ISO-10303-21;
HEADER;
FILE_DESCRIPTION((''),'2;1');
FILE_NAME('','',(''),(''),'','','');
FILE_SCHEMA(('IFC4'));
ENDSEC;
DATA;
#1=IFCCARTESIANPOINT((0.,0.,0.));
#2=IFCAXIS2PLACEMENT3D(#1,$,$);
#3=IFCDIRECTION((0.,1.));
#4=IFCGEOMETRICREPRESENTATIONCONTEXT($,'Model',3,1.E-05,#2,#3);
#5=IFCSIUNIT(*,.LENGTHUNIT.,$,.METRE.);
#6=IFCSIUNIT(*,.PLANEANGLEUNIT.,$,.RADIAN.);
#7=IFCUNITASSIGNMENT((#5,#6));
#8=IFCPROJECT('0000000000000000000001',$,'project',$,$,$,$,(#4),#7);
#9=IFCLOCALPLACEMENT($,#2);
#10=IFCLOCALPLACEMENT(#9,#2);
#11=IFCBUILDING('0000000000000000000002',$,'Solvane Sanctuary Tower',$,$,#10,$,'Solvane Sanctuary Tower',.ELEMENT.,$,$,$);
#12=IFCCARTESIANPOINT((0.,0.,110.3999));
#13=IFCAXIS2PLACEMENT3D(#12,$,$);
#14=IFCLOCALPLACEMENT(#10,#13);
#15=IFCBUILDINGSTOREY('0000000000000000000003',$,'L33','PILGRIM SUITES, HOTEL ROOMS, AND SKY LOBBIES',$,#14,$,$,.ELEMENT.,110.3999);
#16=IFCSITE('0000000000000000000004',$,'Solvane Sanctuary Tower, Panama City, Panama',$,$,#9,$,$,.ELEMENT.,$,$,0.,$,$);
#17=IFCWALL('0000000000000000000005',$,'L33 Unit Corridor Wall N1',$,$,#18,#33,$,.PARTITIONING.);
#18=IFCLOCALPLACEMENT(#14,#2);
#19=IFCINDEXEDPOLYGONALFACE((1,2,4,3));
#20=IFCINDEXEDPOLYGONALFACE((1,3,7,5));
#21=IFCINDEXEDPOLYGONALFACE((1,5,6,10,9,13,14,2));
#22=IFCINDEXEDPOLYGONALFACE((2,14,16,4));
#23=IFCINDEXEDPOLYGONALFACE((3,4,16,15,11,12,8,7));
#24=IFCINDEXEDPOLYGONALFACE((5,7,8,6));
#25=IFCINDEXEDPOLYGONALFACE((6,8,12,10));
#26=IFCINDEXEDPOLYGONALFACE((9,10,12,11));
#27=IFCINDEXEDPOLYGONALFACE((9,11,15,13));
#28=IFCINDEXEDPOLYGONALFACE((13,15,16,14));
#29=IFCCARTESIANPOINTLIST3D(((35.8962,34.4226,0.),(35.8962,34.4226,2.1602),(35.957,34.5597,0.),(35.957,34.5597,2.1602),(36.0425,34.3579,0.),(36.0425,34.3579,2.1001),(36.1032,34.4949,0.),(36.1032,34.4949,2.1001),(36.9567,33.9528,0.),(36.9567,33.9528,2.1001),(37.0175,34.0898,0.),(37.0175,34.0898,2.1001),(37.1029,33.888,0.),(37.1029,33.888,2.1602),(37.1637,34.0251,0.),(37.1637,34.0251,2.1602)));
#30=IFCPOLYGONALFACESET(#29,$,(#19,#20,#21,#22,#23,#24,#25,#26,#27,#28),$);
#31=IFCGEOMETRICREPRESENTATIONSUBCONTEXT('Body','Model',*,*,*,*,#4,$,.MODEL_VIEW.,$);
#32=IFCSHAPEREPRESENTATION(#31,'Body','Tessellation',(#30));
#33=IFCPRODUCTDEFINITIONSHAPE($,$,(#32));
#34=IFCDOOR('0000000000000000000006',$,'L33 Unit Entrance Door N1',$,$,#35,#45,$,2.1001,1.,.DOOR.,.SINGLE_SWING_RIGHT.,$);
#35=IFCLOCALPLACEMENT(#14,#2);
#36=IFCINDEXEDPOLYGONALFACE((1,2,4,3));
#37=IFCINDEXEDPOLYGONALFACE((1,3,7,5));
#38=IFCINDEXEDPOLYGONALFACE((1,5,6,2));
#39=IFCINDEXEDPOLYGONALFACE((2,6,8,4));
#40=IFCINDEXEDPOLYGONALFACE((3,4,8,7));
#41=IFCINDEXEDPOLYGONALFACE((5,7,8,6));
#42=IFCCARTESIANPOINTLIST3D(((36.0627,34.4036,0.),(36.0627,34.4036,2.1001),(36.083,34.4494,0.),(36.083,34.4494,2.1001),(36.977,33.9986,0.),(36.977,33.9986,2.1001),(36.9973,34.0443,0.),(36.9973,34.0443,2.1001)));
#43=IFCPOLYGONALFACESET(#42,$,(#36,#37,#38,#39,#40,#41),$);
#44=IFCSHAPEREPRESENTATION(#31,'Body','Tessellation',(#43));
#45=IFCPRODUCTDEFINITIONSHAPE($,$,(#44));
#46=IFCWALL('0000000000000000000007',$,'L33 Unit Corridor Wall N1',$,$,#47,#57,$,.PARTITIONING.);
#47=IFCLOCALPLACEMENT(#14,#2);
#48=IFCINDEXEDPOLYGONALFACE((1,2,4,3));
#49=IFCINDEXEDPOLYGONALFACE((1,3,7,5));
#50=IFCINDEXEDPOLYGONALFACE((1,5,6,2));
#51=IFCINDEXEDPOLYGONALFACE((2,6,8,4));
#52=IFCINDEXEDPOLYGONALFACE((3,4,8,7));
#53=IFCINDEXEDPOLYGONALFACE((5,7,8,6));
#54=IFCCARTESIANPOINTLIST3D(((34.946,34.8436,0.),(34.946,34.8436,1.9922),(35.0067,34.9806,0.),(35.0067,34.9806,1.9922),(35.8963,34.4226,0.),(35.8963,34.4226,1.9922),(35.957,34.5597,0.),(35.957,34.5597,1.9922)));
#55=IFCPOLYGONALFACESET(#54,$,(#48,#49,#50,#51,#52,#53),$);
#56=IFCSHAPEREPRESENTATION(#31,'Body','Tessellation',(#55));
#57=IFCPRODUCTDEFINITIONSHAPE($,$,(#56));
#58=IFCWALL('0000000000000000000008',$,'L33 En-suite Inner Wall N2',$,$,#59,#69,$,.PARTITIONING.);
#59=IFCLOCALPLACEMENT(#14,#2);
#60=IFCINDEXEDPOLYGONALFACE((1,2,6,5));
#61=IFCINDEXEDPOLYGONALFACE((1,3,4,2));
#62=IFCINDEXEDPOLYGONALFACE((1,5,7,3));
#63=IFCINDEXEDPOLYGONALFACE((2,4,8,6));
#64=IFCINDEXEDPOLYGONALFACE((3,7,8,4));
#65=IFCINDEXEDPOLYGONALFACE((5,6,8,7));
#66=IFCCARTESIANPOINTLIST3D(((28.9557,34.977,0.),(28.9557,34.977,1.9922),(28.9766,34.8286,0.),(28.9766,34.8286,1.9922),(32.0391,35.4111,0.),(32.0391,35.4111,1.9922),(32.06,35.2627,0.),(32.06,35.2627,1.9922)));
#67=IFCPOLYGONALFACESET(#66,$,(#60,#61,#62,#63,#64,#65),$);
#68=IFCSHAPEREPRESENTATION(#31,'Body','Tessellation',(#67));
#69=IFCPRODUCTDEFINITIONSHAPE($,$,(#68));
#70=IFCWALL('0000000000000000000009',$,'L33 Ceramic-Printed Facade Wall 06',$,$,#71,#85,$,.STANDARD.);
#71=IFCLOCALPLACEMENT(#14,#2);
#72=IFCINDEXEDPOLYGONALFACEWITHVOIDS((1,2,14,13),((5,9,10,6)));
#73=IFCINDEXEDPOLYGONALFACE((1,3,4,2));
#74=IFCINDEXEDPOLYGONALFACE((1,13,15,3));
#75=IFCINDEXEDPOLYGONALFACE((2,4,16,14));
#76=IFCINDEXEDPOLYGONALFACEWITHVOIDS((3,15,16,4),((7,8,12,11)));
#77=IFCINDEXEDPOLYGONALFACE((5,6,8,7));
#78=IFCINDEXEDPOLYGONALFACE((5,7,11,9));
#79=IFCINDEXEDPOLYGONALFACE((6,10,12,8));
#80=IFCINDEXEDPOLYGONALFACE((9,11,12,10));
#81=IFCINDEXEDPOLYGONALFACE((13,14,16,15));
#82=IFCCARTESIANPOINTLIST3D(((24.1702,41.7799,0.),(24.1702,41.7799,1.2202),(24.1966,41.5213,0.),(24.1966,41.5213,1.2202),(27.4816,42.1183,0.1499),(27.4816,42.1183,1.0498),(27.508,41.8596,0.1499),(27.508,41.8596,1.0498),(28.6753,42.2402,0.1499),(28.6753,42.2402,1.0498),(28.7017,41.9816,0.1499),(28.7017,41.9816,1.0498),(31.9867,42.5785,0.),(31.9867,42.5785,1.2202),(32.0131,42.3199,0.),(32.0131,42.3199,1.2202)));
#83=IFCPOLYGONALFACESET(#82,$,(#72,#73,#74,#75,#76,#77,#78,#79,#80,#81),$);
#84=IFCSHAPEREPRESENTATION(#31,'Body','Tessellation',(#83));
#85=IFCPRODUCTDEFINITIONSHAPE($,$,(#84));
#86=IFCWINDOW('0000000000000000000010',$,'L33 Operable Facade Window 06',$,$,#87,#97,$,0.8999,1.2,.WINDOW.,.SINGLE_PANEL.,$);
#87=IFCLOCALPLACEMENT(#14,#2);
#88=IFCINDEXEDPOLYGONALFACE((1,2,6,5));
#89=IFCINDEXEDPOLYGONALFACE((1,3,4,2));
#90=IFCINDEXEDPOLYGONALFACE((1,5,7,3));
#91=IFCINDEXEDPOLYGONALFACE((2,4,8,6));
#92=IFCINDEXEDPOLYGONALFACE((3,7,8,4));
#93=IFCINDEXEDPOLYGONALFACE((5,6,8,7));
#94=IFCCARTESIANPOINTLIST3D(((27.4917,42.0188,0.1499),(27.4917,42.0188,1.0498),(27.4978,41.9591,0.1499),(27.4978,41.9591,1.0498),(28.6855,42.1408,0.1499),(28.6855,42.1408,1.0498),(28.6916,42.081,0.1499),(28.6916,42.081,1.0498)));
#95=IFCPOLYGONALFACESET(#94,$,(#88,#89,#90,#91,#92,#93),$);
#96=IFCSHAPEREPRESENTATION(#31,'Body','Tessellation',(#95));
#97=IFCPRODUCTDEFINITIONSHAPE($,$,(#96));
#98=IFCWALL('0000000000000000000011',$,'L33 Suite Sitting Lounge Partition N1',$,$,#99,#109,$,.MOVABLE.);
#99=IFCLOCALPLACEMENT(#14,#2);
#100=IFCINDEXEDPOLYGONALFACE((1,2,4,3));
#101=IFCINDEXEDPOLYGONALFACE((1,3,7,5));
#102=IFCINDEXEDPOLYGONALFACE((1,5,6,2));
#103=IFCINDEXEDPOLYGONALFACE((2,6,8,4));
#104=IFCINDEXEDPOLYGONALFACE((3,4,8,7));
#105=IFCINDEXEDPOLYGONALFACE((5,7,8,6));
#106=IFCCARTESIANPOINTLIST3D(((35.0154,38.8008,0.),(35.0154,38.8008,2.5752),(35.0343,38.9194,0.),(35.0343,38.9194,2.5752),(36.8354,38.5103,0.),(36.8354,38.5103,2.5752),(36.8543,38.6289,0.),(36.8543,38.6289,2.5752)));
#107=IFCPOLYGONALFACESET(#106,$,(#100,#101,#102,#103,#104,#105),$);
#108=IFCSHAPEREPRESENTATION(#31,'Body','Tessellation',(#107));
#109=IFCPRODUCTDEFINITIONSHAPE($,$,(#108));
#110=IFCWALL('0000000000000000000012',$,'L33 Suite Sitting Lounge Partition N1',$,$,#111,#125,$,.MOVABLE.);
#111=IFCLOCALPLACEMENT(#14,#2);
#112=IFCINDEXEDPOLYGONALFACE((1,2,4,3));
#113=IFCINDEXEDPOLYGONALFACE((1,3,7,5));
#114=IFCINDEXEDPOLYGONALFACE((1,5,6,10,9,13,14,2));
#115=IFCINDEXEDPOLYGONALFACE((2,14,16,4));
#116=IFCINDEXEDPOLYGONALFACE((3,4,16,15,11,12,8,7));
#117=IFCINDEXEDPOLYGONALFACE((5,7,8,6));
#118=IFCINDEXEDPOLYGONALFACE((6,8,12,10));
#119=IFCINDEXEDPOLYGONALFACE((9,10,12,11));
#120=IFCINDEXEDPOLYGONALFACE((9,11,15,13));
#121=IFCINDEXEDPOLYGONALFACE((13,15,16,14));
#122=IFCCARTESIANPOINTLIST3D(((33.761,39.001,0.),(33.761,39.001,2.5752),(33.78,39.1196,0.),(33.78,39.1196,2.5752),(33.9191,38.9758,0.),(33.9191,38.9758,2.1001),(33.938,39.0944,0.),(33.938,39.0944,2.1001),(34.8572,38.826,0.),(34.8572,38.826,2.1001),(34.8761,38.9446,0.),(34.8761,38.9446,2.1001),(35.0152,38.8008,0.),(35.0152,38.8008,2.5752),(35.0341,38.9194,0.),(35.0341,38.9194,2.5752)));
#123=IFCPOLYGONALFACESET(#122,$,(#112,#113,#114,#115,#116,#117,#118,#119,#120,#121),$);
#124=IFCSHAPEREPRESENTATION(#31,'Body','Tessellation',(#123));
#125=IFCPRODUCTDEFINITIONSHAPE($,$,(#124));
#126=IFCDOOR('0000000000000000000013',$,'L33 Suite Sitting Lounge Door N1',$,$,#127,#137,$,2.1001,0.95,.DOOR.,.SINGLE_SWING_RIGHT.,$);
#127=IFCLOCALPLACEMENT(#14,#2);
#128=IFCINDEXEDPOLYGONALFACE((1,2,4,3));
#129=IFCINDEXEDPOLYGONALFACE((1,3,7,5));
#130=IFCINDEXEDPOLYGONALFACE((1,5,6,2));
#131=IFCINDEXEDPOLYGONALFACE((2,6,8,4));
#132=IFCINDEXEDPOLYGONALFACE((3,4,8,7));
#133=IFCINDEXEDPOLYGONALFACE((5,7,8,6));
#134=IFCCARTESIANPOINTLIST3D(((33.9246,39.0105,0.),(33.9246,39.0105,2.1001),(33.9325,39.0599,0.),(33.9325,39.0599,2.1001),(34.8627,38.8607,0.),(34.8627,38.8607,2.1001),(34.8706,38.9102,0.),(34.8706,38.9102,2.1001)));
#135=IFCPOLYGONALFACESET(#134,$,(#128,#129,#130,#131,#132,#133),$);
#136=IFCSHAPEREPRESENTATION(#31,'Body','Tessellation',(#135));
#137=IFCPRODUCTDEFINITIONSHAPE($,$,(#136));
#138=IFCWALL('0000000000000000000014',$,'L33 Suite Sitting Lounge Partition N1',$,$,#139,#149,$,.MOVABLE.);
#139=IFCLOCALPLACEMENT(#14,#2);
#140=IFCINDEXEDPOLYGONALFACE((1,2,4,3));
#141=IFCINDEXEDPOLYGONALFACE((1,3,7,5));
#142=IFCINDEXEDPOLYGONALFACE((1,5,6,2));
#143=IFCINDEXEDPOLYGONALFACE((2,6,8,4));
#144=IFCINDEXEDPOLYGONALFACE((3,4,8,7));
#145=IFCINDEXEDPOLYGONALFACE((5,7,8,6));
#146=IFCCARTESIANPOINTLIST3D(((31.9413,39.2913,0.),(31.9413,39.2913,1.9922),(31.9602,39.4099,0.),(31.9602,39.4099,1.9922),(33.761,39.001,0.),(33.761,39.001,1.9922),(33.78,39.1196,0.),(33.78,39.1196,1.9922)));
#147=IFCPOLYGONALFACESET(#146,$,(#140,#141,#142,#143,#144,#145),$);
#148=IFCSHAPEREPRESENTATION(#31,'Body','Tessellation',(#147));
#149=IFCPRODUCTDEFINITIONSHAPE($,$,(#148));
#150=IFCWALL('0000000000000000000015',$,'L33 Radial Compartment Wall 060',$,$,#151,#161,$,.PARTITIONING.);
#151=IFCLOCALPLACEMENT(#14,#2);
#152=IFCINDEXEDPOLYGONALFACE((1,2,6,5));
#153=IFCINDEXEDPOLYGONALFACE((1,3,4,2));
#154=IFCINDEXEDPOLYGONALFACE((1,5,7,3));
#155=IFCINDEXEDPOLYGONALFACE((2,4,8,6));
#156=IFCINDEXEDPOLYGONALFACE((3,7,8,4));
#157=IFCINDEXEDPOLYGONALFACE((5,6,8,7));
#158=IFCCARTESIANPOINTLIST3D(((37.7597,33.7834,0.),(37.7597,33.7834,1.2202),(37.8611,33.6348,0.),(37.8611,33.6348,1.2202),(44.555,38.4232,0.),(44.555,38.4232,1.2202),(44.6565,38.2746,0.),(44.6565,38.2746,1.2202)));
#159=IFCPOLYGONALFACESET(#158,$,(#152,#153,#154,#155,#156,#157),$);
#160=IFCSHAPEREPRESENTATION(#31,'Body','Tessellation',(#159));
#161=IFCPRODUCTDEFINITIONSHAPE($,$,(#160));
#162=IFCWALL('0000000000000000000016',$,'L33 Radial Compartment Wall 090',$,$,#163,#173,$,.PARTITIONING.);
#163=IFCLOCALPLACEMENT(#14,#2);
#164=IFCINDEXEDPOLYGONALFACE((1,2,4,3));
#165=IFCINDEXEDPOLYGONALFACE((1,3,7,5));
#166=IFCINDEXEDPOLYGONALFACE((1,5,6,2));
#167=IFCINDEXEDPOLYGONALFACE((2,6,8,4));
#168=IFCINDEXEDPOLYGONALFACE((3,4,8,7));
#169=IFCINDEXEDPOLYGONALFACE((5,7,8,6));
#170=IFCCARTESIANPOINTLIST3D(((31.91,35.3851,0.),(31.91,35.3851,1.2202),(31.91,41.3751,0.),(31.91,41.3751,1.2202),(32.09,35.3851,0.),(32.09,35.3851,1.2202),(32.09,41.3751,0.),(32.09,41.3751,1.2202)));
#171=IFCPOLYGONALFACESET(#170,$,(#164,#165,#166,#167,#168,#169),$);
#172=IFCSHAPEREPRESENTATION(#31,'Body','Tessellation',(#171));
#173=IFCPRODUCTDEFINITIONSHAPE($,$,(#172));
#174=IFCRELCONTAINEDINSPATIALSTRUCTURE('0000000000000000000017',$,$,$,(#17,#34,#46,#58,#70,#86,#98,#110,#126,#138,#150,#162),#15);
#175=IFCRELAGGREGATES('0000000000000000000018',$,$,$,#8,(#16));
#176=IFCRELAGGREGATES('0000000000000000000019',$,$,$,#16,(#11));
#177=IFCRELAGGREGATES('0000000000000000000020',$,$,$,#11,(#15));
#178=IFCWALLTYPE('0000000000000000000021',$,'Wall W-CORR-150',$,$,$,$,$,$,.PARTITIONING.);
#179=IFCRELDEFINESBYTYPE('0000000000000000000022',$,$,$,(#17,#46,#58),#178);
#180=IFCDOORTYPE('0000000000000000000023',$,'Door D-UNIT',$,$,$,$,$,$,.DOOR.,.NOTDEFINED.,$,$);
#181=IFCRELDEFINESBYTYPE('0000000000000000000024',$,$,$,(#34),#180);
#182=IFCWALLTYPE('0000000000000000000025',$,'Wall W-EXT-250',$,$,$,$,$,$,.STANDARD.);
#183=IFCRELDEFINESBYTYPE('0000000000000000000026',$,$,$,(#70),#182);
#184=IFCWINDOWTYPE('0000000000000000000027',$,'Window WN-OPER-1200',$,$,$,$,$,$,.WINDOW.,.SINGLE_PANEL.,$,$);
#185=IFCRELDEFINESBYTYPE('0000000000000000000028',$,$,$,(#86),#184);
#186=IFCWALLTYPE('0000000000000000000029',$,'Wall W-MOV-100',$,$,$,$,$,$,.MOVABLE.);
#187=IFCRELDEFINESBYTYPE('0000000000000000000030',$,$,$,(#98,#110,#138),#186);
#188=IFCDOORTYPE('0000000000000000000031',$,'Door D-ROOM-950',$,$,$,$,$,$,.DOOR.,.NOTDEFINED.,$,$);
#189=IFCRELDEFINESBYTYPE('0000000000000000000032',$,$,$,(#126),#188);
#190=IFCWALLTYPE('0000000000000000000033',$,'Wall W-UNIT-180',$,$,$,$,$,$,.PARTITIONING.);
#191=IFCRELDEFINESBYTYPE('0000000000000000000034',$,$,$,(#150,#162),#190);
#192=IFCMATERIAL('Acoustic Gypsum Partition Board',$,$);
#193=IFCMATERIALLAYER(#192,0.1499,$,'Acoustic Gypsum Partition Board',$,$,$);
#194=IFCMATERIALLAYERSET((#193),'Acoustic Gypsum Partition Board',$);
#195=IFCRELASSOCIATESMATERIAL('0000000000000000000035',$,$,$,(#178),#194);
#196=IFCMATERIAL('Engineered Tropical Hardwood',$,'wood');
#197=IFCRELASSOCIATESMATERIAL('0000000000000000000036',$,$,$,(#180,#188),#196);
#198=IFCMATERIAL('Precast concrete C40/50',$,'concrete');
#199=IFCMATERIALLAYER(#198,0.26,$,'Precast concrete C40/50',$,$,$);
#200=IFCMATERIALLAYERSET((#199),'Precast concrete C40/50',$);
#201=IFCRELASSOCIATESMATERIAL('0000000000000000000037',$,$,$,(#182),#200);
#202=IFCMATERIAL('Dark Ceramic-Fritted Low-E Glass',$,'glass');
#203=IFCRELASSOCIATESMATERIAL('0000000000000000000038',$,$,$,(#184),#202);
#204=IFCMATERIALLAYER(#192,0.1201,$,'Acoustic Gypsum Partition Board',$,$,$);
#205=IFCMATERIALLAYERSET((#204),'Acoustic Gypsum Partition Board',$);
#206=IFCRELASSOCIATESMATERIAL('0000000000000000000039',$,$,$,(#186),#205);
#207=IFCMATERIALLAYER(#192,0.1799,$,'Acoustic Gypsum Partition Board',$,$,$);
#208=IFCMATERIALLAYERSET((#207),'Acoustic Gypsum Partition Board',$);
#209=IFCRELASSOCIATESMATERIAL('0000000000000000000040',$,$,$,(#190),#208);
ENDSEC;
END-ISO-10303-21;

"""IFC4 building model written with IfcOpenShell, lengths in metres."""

from ifc_helpers import new_model, si_unit, direction, frame, frame_2d, origin, place, context, subcontext, project, spatial, rectangle, extrude, material, layer, layer_set, type_object, element, fill, save


model = new_model("IFC4")

# Units and contexts
model_context = context("Model", 3, precision=1e-05, world=origin(), true_north=direction((0.0, 1.0)))
body_context = subcontext(model_context, "Body", "Model", "MODEL_VIEW")
ifc_project = project(units=[si_unit("LENGTHUNIT", "METRE"), si_unit("PLANEANGLEUNIT", "RADIAN")], contexts=[model_context])

# Site, building, storey
site_placement = place(None, origin())
site = spatial("IfcSite", under=ifc_project, at=site_placement, Name="Solvane Sanctuary Tower, Panama City, Panama", CompositionType="ELEMENT", RefElevation=0.0)
building_placement = place(site_placement, origin())
building = spatial("IfcBuilding", under=site, at=building_placement, Name="Solvane Sanctuary Tower", LongName="Solvane Sanctuary Tower", CompositionType="ELEMENT")
storey_placement = place(building_placement, frame((0.0, 0.0, 110.3999)))
storey = spatial("IfcBuildingStorey", under=building, at=storey_placement, Name="L33", Description="PILGRIM SUITES, HOTEL ROOMS, AND SKY LOBBIES", CompositionType="ELEMENT", Elevation=110.3999)

# Shared definitions
ifc_material_1 = material(Name="Acoustic Gypsum Partition Board")
ifc_layer_1 = layer(ifc_material_1, 0.1499, Name="Acoustic Gypsum Partition Board")
ifc_layer_set_1 = layer_set([ifc_layer_1], Name="Acoustic Gypsum Partition Board")
wall_type_1 = type_object("IfcWallType", Name="Wall W-CORR-150", PredefinedType="PARTITIONING", material=ifc_layer_set_1)

# Wall, opening, door
wall_1_placement = place(storey_placement, frame((37.1333, 33.9565, 0.0), z_axis=(0.0, 0.0, 1.0), x_axis=(-0.914284, 0.405074, 0.0)))
wall_1 = element("IfcWall", 1, at=wall_1_placement, inside=storey, type_object=wall_type_1, Name="L33 Unit Corridor Wall N1", PredefinedType="PARTITIONING", context=body_context, shape_type="SweptSolid", body=[
    extrude(rectangle(XDim=1.3198, YDim=0.1499, at=frame_2d((0.6599, 0.0))), origin(), (0.0, 0.0, 1.0), 2.1602),
])
opening_1_placement = place(wall_1_placement, frame((0.1599, 0.0, 0.0)))
opening_1 = element("IfcOpeningElement", 2, at=opening_1_placement, cuts=wall_1, PredefinedType="OPENING", context=body_context, shape_type="SweptSolid", body=[
    extrude(rectangle(XDim=1.0, YDim=2.1001, at=frame_2d((0.5, 1.05))), frame((0.0, 0.085, 0.0), z_axis=(0.0, -1.0, 0.0), x_axis=(1.0, 0.0, 0.0)), (0.0, 0.0, 1.0), 0.1699),
])
ifc_material_2 = material(Name="Engineered Tropical Hardwood", Category="wood")
door_type_1 = type_object("IfcDoorType", Name="Door D-UNIT", OperationType="NOTDEFINED", PredefinedType="DOOR", material=ifc_material_2)
door_1_placement = place(opening_1_placement, origin())
door_1 = element("IfcDoor", 3, at=door_1_placement, inside=storey, type_object=door_type_1, Name="L33 Unit Entrance Door N1", OperationType="SINGLE_SWING_RIGHT", OverallHeight=2.1001, OverallWidth=1.0, PredefinedType="DOOR", context=body_context, shape_type="SweptSolid", body=[
    extrude(rectangle(XDim=1.0, YDim=2.1001, at=frame_2d((0.5, 1.05))), frame((0.0, 0.0249, 0.0), z_axis=(0.0, -1.0, 0.0), x_axis=(1.0, 0.0, 0.0)), (0.0, 0.0, 1.0), 0.05),
])
fill(opening_1, door_1)

# Walls
wall_2_placement = place(storey_placement, frame((35.9265, 34.4912, 0.0), z_axis=(0.0, 0.0, 1.0), x_axis=(-0.914315, 0.405005, 0.0)))
element("IfcWall", 4, at=wall_2_placement, inside=storey, type_object=wall_type_1, Name="L33 Unit Corridor Wall N1", PredefinedType="PARTITIONING", context=body_context, shape_type="SweptSolid", body=[
    extrude(rectangle(XDim=1.0393, YDim=0.1499, at=frame_2d((0.5195, 0.0))), origin(), (0.0, 0.0, 1.0), 1.9922),
])
wall_3_placement = place(storey_placement, frame((32.0496, 35.3369, 0.0), z_axis=(0.0, 0.0, 1.0), x_axis=(-0.990234, -0.139412, 0.0)))
element("IfcWall", 5, at=wall_3_placement, inside=storey, type_object=wall_type_1, Name="L33 En-suite Inner Wall N2", PredefinedType="PARTITIONING", context=body_context, shape_type="SweptSolid", body=[
    extrude(rectangle(XDim=3.1138, YDim=0.1499, at=frame_2d((1.5569, 0.0))), origin(), (0.0, 0.0, 1.0), 1.9922),
])

# Wall, opening, window
ifc_material_3 = material(Name="Precast concrete C40/50", Category="concrete")
ifc_layer_2 = layer(ifc_material_3, 0.26, Name="Precast concrete C40/50")
ifc_layer_set_2 = layer_set([ifc_layer_2], Name="Precast concrete C40/50")
wall_type_2 = type_object("IfcWallType", Name="Wall W-EXT-250", PredefinedType="STANDARD", material=ifc_layer_set_2)
wall_4_placement = place(storey_placement, frame((32.0, 42.4492, 0.0), z_axis=(0.0, 0.0, 1.0), x_axis=(-0.994821, -0.101639, 0.0)))
wall_4 = element("IfcWall", 6, at=wall_4_placement, inside=storey, type_object=wall_type_2, Name="L33 Ceramic-Printed Facade Wall 06", PredefinedType="STANDARD", context=body_context, shape_type="SweptSolid", body=[
    extrude(rectangle(XDim=7.8572, YDim=0.26, at=frame_2d((3.9287, 0.0))), origin(), (0.0, 0.0, 1.0), 1.2202),
])
opening_2_placement = place(wall_4_placement, frame((3.3286, 0.0, 0.1499)))
opening_2 = element("IfcOpeningElement", 7, at=opening_2_placement, cuts=wall_4, PredefinedType="OPENING", context=body_context, shape_type="SweptSolid", body=[
    extrude(rectangle(XDim=1.2, YDim=0.8999, at=frame_2d((0.6001, 0.45))), frame((0.0, 0.1399, 0.0), z_axis=(0.0, -1.0, 0.0), x_axis=(1.0, 0.0, 0.0)), (0.0, 0.0, 1.0), 0.28),
])
ifc_material_4 = material(Name="Dark Ceramic-Fritted Low-E Glass", Category="glass")
window_type = type_object("IfcWindowType", Name="Window WN-OPER-1200", PartitioningType="SINGLE_PANEL", PredefinedType="WINDOW", material=ifc_material_4)
window_placement = place(opening_2_placement, origin())
window = element("IfcWindow", 8, at=window_placement, inside=storey, type_object=window_type, Name="L33 Operable Facade Window 06", OverallHeight=0.8999, OverallWidth=1.2, PartitioningType="SINGLE_PANEL", PredefinedType="WINDOW", context=body_context, shape_type="SweptSolid", body=[
    extrude(rectangle(XDim=1.2, YDim=0.8999, at=frame_2d((0.6001, 0.45))), frame((0.0, 0.03, 0.0), z_axis=(0.0, -1.0, 0.0), x_axis=(1.0, 0.0, 0.0)), (0.0, 0.0, 1.0), 0.0601),
])
fill(opening_2, window)

# Wall
ifc_layer_3 = layer(ifc_material_1, 0.1201, Name="Acoustic Gypsum Partition Board")
ifc_layer_set_3 = layer_set([ifc_layer_3], Name="Acoustic Gypsum Partition Board")
wall_type_3 = type_object("IfcWallType", Name="Wall W-MOV-100", PredefinedType="MOVABLE", material=ifc_layer_set_3)
wall_5_placement = place(storey_placement, frame((36.8447, 38.5696, 0.0), z_axis=(0.0, 0.0, 1.0), x_axis=(-0.987498, 0.157629, 0.0)))
element("IfcWall", 9, at=wall_5_placement, inside=storey, type_object=wall_type_3, Name="L33 Suite Sitting Lounge Partition N1", PredefinedType="MOVABLE", context=body_context, shape_type="SweptSolid", body=[
    extrude(rectangle(XDim=1.843, YDim=0.1201, at=frame_2d((0.9214, 0.0))), origin(), (0.0, 0.0, 1.0), 2.5752),
])

# Wall, opening, door
wall_6_placement = place(storey_placement, frame((35.0247, 38.8601, 0.0), z_axis=(0.0, 0.0, 1.0), x_axis=(-0.987498, 0.157631, 0.0)))
wall_6 = element("IfcWall", 10, at=wall_6_placement, inside=storey, type_object=wall_type_3, Name="L33 Suite Sitting Lounge Partition N1", PredefinedType="MOVABLE", context=body_context, shape_type="SweptSolid", body=[
    extrude(rectangle(XDim=1.27, YDim=0.1201, at=frame_2d((0.635, 0.0))), origin(), (0.0, 0.0, 1.0), 2.5752),
])
opening_3_placement = place(wall_6_placement, frame((0.1599, 0.0, 0.0)))
opening_3 = element("IfcOpeningElement", 11, at=opening_3_placement, cuts=wall_6, PredefinedType="OPENING", context=body_context, shape_type="SweptSolid", body=[
    extrude(rectangle(XDim=0.95, YDim=2.1001, at=frame_2d((0.4751, 1.05))), frame((0.0, 0.0701, 0.0), z_axis=(0.0, -1.0, 0.0), x_axis=(1.0, 0.0, 0.0)), (0.0, 0.0, 1.0), 0.1401),
])
door_type_2 = type_object("IfcDoorType", Name="Door D-ROOM-950", OperationType="NOTDEFINED", PredefinedType="DOOR", material=ifc_material_2)
door_2_placement = place(opening_3_placement, origin())
door_2 = element("IfcDoor", 12, at=door_2_placement, inside=storey, type_object=door_type_2, Name="L33 Suite Sitting Lounge Door N1", OperationType="SINGLE_SWING_RIGHT", OverallHeight=2.1001, OverallWidth=0.95, PredefinedType="DOOR", context=body_context, shape_type="SweptSolid", body=[
    extrude(rectangle(XDim=0.95, YDim=2.1001, at=frame_2d((0.4751, 1.05))), frame((0.0, 0.0249, 0.0), z_axis=(0.0, -1.0, 0.0), x_axis=(1.0, 0.0, 0.0)), (0.0, 0.0, 1.0), 0.05),
])
fill(opening_3, door_2)

# Walls
wall_7_placement = place(storey_placement, frame((33.7705, 39.0603, 0.0), z_axis=(0.0, 0.0, 1.0), x_axis=(-0.987516, 0.15752, 0.0)))
element("IfcWall", 13, at=wall_7_placement, inside=storey, type_object=wall_type_3, Name="L33 Suite Sitting Lounge Partition N1", PredefinedType="MOVABLE", context=body_context, shape_type="SweptSolid", body=[
    extrude(rectangle(XDim=1.8428, YDim=0.1201, at=frame_2d((0.9214, 0.0))), origin(), (0.0, 0.0, 1.0), 1.9922),
])
ifc_layer_4 = layer(ifc_material_1, 0.1799, Name="Acoustic Gypsum Partition Board")
ifc_layer_set_4 = layer_set([ifc_layer_4], Name="Acoustic Gypsum Partition Board")
wall_type_4 = type_object("IfcWallType", Name="Wall W-UNIT-180", PredefinedType="PARTITIONING", material=ifc_layer_set_4)
wall_8_placement = place(storey_placement, frame((37.8103, 33.709, 0.0), z_axis=(0.0, 0.0, 1.0), x_axis=(0.825851, 0.563889, 0.0)))
element("IfcWall", 14, at=wall_8_placement, inside=storey, type_object=wall_type_4, Name="L33 Radial Compartment Wall 060", PredefinedType="PARTITIONING", context=body_context, shape_type="SweptSolid", body=[
    extrude(rectangle(XDim=8.2283, YDim=0.1799, at=frame_2d((4.1143, 0.0))), origin(), (0.0, 0.0, 1.0), 1.2202),
])
wall_9_placement = place(storey_placement, frame((32.0, 35.385, 0.0), z_axis=(0.0, 0.0, 1.0), x_axis=(0.0, 1.0, 0.0)))
element("IfcWall", 15, at=wall_9_placement, inside=storey, type_object=wall_type_4, Name="L33 Radial Compartment Wall 090", PredefinedType="PARTITIONING", context=body_context, shape_type="SweptSolid", body=[
    extrude(rectangle(XDim=5.99, YDim=0.1799, at=frame_2d((2.9951, 0.0))), origin(), (0.0, 0.0, 1.0), 1.2202),
])

save(model, "model.ifc")
